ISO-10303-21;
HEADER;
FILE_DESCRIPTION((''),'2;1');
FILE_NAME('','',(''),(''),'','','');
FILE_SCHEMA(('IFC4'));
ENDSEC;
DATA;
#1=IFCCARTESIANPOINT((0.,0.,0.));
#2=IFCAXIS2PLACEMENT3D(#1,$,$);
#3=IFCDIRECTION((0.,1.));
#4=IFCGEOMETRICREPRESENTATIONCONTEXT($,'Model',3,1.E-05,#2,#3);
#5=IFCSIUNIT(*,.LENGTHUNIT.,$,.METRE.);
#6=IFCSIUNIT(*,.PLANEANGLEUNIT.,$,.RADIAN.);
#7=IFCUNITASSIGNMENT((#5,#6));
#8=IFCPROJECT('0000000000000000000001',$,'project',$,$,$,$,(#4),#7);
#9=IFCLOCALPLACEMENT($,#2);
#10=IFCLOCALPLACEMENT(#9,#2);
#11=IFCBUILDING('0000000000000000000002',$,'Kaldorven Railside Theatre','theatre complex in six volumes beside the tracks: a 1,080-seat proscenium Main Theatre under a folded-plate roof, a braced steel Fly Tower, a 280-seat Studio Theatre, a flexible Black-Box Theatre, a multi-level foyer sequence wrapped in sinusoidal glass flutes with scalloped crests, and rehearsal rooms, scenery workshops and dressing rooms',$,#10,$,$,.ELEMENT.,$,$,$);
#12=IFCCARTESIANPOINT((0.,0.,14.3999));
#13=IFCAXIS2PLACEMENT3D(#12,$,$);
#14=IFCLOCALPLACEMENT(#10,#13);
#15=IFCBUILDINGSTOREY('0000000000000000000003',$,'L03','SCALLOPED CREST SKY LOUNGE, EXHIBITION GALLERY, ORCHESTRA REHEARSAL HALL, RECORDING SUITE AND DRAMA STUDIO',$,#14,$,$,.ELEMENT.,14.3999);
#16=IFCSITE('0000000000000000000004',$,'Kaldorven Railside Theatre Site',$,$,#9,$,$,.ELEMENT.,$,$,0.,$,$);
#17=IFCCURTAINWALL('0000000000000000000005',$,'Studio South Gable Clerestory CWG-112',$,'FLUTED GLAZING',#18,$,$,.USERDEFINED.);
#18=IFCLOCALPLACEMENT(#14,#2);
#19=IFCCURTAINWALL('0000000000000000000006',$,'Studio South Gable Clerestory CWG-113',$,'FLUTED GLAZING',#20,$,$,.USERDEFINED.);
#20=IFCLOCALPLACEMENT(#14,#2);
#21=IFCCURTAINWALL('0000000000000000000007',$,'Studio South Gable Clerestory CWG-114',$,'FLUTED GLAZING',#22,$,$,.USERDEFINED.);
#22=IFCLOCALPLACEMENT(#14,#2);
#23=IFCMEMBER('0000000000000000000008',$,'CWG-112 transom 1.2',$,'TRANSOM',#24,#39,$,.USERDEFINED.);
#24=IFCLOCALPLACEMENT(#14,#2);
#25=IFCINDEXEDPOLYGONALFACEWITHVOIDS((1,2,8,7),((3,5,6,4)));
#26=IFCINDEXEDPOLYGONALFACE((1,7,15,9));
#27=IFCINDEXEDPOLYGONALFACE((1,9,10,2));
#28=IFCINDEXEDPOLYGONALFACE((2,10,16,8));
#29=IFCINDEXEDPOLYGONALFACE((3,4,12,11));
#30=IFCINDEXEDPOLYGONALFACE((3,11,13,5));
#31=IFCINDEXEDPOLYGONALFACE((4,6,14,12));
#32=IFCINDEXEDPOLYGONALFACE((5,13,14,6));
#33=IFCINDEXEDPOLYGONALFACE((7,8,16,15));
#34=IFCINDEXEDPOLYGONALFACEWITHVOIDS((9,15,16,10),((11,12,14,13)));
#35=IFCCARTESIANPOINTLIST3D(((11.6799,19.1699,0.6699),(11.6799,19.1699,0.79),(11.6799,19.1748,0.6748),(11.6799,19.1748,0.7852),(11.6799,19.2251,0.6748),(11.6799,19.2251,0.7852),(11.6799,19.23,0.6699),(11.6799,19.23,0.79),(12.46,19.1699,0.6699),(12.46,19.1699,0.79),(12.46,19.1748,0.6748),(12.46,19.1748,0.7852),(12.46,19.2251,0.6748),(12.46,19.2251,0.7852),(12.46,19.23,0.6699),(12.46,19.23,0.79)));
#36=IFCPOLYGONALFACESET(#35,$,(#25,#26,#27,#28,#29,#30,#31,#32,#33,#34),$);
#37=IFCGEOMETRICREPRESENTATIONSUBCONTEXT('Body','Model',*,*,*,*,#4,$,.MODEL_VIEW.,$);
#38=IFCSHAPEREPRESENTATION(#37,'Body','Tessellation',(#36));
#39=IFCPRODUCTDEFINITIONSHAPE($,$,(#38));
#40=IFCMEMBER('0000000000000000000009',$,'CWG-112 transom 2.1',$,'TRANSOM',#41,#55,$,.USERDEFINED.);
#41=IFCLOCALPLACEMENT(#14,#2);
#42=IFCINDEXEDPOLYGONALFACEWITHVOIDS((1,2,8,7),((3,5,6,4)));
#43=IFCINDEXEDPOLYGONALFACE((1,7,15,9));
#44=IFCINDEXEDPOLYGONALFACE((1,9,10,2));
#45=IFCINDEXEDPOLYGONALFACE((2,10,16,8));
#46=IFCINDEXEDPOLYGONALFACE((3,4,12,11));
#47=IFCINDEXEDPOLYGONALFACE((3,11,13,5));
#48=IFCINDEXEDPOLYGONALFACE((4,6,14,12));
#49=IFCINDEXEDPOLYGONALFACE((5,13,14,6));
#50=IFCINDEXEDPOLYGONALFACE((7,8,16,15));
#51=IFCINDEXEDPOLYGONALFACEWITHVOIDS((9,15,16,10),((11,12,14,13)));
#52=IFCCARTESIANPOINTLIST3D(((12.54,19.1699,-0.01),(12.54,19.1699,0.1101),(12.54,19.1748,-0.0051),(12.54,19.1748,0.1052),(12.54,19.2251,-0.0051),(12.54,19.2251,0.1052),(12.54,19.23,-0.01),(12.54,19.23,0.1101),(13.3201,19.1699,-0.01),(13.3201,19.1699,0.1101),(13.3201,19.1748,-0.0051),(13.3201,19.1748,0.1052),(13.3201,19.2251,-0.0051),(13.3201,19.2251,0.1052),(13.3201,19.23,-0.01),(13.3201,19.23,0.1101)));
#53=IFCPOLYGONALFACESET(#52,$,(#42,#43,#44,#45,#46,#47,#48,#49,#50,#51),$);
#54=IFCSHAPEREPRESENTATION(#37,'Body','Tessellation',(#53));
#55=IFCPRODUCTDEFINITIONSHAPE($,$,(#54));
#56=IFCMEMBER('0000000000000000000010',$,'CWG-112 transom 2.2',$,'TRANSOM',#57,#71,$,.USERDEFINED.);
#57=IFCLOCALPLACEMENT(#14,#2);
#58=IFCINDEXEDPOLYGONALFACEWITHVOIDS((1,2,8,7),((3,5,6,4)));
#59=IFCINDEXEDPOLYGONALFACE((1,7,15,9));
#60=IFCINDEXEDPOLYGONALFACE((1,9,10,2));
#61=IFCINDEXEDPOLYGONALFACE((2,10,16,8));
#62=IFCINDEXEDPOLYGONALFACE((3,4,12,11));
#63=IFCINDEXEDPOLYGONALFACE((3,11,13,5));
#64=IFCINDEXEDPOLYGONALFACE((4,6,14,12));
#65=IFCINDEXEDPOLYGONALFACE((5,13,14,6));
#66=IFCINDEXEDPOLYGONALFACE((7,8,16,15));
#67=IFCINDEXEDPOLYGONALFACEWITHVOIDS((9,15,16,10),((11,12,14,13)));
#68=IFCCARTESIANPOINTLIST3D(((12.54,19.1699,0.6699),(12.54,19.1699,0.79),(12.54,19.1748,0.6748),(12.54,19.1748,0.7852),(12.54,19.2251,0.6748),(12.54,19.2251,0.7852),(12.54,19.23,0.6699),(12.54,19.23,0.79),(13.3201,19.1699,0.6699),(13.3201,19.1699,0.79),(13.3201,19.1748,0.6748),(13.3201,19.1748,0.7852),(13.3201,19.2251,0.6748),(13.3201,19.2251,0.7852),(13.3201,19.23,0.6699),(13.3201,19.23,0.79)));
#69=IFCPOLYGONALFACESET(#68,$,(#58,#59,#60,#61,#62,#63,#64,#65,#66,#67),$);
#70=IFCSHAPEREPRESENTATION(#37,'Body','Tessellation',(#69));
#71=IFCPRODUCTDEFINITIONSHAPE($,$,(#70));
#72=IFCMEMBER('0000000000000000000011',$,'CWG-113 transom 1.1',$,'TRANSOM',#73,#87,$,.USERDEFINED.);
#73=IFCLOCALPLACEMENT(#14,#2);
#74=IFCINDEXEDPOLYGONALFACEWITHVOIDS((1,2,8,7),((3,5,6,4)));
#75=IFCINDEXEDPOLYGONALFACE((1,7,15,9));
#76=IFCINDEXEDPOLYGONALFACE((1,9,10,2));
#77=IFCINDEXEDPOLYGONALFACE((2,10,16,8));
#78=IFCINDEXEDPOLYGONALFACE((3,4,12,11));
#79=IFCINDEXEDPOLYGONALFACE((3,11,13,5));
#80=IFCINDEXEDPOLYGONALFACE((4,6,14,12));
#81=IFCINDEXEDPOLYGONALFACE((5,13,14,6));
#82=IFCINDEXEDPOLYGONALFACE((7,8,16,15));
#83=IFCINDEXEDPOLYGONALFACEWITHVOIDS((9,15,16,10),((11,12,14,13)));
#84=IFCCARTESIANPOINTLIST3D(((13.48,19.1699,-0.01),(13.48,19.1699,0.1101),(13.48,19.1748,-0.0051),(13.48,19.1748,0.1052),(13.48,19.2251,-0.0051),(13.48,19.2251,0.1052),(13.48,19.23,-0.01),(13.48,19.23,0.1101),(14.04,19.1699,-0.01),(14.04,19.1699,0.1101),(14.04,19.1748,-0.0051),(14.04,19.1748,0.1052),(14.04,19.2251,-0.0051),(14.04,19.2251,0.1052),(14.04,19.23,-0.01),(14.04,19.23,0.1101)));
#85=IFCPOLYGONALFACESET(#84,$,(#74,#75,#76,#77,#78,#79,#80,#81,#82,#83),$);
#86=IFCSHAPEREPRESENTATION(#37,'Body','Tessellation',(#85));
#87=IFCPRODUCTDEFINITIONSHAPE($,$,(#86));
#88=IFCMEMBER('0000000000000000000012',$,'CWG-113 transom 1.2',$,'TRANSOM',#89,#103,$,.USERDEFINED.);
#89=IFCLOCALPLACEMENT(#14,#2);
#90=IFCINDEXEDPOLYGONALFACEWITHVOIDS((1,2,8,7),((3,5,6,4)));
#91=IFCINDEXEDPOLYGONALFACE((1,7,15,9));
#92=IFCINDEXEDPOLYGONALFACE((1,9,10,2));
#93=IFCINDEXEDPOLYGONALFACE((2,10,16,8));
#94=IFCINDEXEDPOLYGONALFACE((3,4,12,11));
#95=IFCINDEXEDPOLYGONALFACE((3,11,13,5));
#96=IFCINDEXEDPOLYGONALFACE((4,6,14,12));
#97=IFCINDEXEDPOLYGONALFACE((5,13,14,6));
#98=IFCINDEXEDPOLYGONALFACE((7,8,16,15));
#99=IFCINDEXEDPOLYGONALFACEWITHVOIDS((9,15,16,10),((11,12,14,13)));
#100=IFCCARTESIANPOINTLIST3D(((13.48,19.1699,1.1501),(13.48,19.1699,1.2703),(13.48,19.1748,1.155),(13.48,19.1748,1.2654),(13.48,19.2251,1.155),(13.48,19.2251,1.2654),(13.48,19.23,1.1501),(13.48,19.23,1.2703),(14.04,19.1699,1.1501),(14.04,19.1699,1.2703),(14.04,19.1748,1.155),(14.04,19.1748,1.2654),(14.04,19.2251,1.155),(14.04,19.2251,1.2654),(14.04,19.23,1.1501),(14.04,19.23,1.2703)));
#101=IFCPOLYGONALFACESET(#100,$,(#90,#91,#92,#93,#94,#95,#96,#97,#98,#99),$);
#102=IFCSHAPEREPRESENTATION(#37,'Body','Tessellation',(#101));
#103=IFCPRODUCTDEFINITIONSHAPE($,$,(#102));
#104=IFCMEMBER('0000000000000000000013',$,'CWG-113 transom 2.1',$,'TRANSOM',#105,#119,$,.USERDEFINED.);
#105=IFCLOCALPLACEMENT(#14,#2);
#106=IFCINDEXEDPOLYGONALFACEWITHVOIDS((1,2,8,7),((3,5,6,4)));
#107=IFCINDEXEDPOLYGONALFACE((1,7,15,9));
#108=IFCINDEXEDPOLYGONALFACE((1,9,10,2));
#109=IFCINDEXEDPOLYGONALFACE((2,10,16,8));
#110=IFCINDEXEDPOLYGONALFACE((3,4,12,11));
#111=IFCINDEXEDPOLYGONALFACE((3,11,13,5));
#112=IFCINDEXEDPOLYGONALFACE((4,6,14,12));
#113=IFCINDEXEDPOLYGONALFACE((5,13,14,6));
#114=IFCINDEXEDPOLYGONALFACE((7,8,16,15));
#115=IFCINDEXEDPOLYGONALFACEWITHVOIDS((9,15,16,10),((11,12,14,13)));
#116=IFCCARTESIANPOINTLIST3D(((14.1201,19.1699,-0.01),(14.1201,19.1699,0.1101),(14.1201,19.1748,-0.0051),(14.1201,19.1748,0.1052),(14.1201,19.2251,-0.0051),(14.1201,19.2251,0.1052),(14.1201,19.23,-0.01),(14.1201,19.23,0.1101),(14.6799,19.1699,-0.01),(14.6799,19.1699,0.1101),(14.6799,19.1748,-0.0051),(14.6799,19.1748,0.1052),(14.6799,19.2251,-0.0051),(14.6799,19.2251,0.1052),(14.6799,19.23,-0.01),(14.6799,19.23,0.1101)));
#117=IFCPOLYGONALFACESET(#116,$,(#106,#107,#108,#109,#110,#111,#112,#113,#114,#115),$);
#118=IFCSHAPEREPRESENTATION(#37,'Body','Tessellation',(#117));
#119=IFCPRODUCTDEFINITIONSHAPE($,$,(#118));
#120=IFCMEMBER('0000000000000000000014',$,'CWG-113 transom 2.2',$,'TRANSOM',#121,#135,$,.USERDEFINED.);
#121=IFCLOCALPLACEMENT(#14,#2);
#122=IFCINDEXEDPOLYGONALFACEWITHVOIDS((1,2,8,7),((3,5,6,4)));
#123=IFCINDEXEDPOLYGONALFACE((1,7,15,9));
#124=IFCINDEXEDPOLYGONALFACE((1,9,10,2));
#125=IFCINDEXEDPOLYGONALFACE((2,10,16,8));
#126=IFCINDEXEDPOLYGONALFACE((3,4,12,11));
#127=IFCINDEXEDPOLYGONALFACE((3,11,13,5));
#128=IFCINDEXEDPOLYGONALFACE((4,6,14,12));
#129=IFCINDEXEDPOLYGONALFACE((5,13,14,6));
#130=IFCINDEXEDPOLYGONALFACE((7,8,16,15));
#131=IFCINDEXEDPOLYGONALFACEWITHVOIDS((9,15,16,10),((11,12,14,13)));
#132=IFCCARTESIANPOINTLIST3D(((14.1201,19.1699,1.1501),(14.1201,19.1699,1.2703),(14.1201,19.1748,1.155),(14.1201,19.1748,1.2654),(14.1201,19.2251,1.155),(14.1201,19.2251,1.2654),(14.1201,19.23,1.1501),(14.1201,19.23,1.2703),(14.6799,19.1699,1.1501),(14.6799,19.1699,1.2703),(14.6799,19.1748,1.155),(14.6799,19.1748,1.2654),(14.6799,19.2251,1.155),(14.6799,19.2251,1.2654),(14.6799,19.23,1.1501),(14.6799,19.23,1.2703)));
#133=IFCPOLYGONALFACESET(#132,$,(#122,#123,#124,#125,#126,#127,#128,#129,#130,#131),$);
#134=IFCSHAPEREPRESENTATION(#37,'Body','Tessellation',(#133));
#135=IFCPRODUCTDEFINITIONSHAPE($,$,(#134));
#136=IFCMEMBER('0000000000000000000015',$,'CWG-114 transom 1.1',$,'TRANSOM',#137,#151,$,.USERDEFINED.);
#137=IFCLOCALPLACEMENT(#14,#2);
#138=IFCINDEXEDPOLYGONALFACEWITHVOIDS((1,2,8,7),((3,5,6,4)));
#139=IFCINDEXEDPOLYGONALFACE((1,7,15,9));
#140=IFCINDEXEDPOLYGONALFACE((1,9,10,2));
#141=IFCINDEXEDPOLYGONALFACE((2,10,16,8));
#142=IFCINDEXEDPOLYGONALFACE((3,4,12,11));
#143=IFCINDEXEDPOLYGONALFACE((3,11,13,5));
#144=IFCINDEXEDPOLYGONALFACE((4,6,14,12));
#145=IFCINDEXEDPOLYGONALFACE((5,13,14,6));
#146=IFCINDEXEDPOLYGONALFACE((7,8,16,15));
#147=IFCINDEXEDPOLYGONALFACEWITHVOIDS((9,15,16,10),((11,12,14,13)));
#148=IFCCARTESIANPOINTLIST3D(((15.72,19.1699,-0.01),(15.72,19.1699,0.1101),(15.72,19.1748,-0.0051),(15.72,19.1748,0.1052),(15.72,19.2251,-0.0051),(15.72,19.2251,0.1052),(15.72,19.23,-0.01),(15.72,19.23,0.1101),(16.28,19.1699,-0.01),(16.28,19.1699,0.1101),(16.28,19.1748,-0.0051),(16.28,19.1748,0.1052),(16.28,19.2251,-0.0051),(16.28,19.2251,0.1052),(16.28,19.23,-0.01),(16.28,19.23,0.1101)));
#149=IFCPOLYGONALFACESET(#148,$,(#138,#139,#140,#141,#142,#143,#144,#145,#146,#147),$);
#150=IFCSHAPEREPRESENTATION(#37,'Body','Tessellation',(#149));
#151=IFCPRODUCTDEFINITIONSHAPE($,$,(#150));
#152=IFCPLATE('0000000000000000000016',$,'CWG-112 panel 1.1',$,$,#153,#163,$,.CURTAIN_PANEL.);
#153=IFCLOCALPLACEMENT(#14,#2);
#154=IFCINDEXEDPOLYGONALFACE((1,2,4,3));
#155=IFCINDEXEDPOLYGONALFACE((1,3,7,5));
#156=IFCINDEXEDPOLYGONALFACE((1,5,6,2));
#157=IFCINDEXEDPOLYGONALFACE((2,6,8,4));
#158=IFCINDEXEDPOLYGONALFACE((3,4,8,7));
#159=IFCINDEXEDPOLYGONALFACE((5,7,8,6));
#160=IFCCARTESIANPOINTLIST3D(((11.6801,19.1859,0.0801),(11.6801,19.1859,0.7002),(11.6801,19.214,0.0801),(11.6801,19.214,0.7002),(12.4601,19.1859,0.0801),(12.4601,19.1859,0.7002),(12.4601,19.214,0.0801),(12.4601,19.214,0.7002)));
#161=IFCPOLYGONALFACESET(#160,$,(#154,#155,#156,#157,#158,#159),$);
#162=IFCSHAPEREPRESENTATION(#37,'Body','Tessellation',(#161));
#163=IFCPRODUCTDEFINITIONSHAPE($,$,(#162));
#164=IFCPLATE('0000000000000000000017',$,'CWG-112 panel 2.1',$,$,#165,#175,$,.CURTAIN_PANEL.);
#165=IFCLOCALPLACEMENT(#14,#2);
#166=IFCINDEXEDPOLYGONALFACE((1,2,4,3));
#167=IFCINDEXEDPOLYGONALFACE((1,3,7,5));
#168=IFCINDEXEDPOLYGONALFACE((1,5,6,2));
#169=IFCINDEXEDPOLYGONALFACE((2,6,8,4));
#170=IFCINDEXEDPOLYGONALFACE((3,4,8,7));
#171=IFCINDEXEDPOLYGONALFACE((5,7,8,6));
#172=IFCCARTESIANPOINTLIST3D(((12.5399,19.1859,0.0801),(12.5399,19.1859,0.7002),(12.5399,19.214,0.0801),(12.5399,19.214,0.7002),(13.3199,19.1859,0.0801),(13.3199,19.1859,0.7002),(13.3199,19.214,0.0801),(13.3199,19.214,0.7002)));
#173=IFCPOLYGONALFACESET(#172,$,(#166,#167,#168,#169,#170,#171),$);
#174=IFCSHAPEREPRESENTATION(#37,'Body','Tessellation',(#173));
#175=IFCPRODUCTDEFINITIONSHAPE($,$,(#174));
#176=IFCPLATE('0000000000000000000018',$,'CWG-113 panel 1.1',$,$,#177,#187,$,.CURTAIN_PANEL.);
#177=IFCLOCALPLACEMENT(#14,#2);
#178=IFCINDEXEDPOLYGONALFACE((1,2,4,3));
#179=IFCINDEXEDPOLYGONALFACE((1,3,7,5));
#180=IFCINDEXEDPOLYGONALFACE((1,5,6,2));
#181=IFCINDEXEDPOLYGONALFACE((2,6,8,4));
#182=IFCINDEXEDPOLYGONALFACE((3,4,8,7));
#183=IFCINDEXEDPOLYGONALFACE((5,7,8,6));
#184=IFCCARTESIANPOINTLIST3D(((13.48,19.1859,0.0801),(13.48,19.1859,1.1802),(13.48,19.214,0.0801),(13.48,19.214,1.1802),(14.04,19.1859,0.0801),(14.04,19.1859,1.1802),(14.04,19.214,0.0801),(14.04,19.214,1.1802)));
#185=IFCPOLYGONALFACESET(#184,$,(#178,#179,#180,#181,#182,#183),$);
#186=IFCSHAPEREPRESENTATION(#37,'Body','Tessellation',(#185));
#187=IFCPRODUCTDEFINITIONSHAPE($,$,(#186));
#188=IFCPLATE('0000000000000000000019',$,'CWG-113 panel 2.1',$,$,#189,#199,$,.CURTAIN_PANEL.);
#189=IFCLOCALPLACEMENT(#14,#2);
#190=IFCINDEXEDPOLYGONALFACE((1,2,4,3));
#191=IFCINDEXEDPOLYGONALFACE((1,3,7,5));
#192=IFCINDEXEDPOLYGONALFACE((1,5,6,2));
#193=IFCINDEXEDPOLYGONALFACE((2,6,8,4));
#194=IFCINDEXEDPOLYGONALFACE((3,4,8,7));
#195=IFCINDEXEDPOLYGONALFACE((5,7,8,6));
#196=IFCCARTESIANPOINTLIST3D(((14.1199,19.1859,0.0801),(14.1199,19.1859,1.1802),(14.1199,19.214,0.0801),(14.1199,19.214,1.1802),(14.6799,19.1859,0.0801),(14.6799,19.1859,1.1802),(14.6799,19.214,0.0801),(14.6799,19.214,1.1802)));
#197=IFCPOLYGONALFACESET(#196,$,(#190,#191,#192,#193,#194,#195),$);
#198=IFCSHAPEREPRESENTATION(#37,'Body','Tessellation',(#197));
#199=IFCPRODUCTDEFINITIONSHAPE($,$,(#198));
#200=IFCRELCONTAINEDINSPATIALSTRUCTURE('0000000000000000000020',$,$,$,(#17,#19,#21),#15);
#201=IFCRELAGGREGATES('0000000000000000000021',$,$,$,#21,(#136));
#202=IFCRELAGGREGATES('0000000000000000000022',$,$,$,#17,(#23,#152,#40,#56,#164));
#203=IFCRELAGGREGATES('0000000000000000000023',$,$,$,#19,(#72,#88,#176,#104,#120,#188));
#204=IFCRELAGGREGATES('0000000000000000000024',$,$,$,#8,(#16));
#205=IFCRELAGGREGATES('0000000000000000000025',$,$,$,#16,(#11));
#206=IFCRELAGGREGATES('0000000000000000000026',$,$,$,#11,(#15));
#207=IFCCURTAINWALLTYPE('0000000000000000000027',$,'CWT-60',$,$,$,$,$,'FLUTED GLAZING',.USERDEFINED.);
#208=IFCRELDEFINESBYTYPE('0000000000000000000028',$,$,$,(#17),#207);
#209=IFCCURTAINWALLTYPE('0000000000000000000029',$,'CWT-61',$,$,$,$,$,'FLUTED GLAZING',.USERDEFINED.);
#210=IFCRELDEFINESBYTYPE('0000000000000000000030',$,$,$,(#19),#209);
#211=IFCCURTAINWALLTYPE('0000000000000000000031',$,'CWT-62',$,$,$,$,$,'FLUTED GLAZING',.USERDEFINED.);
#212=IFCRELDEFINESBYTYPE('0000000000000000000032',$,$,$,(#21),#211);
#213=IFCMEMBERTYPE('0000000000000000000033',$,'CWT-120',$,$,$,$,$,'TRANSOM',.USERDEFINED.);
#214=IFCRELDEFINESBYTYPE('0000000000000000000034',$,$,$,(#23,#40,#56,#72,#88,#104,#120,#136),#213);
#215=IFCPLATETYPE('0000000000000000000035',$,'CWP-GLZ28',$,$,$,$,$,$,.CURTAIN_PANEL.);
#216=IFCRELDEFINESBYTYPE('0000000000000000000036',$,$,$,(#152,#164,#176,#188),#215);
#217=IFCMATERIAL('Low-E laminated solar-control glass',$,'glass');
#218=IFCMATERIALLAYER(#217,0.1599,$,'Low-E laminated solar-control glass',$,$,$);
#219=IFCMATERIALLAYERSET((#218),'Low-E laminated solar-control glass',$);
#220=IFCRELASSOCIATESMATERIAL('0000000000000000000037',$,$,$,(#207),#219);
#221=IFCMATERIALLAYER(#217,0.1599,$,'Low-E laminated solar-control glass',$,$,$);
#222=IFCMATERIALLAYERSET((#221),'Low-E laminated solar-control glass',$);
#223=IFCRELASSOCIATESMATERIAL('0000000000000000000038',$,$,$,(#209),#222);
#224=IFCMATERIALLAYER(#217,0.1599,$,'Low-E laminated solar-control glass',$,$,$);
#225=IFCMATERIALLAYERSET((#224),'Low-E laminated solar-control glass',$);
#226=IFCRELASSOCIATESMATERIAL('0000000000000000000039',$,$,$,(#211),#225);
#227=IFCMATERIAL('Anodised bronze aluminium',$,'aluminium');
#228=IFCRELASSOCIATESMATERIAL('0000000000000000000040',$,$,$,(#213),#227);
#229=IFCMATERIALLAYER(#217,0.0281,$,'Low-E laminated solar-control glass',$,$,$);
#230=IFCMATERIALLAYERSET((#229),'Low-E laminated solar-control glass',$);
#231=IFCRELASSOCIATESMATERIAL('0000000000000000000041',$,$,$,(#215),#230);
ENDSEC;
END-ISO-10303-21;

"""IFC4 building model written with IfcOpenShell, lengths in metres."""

from ifc_helpers import new_model, si_unit, direction, frame, origin, origin_2d, place, context, subcontext, project, spatial, rectangle, hollow_rectangle, extrude, material, layer, layer_set, material_profile, profile_set, type_object, element, aggregate, save


model = new_model("IFC4")

# Units and contexts
model_context = context("Model", 3, precision=1e-05, world=origin(), true_north=direction((0.0, 1.0)))
body_context = subcontext(model_context, "Body", "Model", "MODEL_VIEW")
ifc_project = project(units=[si_unit("LENGTHUNIT", "METRE"), si_unit("PLANEANGLEUNIT", "RADIAN")], contexts=[model_context])

# Site, building, storey
site_placement = place(None, origin())
site = spatial("IfcSite", under=ifc_project, at=site_placement, Name="Kaldorven Railside Theatre Site", CompositionType="ELEMENT", RefElevation=0.0)
building_placement = place(site_placement, origin())
building = spatial("IfcBuilding", under=site, at=building_placement, Name="Kaldorven Railside Theatre", Description="theatre complex in six volumes beside the tracks: a 1,080-seat proscenium Main Theatre under a folded-plate roof, a braced steel Fly Tower, a 280-seat Studio Theatre, a flexible Black-Box Theatre, a multi-level foyer sequence wrapped in sinusoidal glass flutes with scalloped crests, and rehearsal rooms, scenery workshops and dressing rooms", CompositionType="ELEMENT")
storey_placement = place(building_placement, frame((0.0, 0.0, 14.3999)))
storey = spatial("IfcBuildingStorey", under=building, at=storey_placement, Name="L03", Description="SCALLOPED CREST SKY LOUNGE, EXHIBITION GALLERY, ORCHESTRA REHEARSAL HALL, RECORDING SUITE AND DRAMA STUDIO", CompositionType="ELEMENT", Elevation=14.3999)

# Curtain walls
ifc_material_1 = material(Name="Low-E laminated solar-control glass", Category="glass")
ifc_layer_1 = layer(ifc_material_1, 0.1599, Name="Low-E laminated solar-control glass")
ifc_layer_set_1 = layer_set([ifc_layer_1], Name="Low-E laminated solar-control glass")
curtain_wall_type_1 = type_object("IfcCurtainWallType", Name="CWT-60", ElementType="FLUTED GLAZING", PredefinedType="USERDEFINED", material=ifc_layer_set_1)
curtain_wall_1_placement = place(storey_placement, origin())
curtain_wall_1 = element("IfcCurtainWall", 1, at=curtain_wall_1_placement, inside=storey, type_object=curtain_wall_type_1, Name="Studio South Gable Clerestory CWG-112", ObjectType="FLUTED GLAZING", PredefinedType="USERDEFINED")
ifc_material_2 = material(Name="Anodised bronze aluminium", Category="aluminium")
ifc_layer_2 = layer(ifc_material_1, 0.1599, Name="Low-E laminated solar-control glass")
ifc_layer_set_2 = layer_set([ifc_layer_2], Name="Low-E laminated solar-control glass")
curtain_wall_type_2 = type_object("IfcCurtainWallType", Name="CWT-61", ElementType="FLUTED GLAZING", PredefinedType="USERDEFINED", material=ifc_layer_set_2)
curtain_wall_2_placement = place(storey_placement, origin())
curtain_wall_2 = element("IfcCurtainWall", 2, at=curtain_wall_2_placement, inside=storey, type_object=curtain_wall_type_2, Name="Studio South Gable Clerestory CWG-113", ObjectType="FLUTED GLAZING", PredefinedType="USERDEFINED")

# Curtain wall
ifc_layer_3 = layer(ifc_material_1, 0.1599, Name="Low-E laminated solar-control glass")
ifc_layer_set_3 = layer_set([ifc_layer_3], Name="Low-E laminated solar-control glass")
curtain_wall_type_3 = type_object("IfcCurtainWallType", Name="CWT-62", ElementType="FLUTED GLAZING", PredefinedType="USERDEFINED", material=ifc_layer_set_3)
curtain_wall_3_placement = place(storey_placement, origin())
curtain_wall_3 = element("IfcCurtainWall", 3, at=curtain_wall_3_placement, inside=storey, type_object=curtain_wall_type_3, Name="Studio South Gable Clerestory CWG-114", ObjectType="FLUTED GLAZING", PredefinedType="USERDEFINED")

# Members
ifc_material_profile_1 = material_profile(ifc_material_2, hollow_rectangle(XDim=0.0601, YDim=0.1201, WallThickness=0.0049, at=origin_2d()), Name="RHS 120x60x5")
ifc_profile_set_1 = profile_set([ifc_material_profile_1], Name="Anodised bronze aluminium")
member_type_1 = type_object("IfcMemberType", Name="CWT-120", ElementType="TRANSOM", PredefinedType="USERDEFINED", material=ifc_profile_set_1)
member_1_placement = place(storey_placement, frame((11.6799, 19.2, 0.73), z_axis=(1.0, 0.0, 0.0), x_axis=(0.0, 1.0, 0.0)))
member_1 = element("IfcMember", 4, at=member_1_placement, type_object=member_type_1, Name="CWG-112 transom 1.2", ObjectType="TRANSOM", PredefinedType="USERDEFINED", context=body_context, shape_type="SweptSolid", body=[
    extrude(hollow_rectangle(XDim=0.0601, YDim=0.1201, WallThickness=0.0049, at=origin_2d()), origin(), (0.0, 0.0, 1.0), 0.78),
])
member_2_placement = place(storey_placement, frame((12.54, 19.2, 0.05), z_axis=(1.0, 0.0, 0.0), x_axis=(0.0, 1.0, 0.0)))
member_2 = element("IfcMember", 5, at=member_2_placement, type_object=member_type_1, Name="CWG-112 transom 2.1", ObjectType="TRANSOM", PredefinedType="USERDEFINED", context=body_context, shape_type="SweptSolid", body=[
    extrude(hollow_rectangle(XDim=0.0601, YDim=0.1201, WallThickness=0.0049, at=origin_2d()), origin(), (0.0, 0.0, 1.0), 0.78),
])
member_3_placement = place(storey_placement, frame((12.54, 19.2, 0.73), z_axis=(1.0, 0.0, 0.0), x_axis=(0.0, 1.0, 0.0)))
member_3 = element("IfcMember", 6, at=member_3_placement, type_object=member_type_1, Name="CWG-112 transom 2.2", ObjectType="TRANSOM", PredefinedType="USERDEFINED", context=body_context, shape_type="SweptSolid", body=[
    extrude(hollow_rectangle(XDim=0.0601, YDim=0.1201, WallThickness=0.0049, at=origin_2d()), origin(), (0.0, 0.0, 1.0), 0.78),
])
member_4_placement = place(storey_placement, frame((13.48, 19.2, 0.05), z_axis=(1.0, 0.0, 0.0), x_axis=(0.0, 1.0, 0.0)))
member_4 = element("IfcMember", 7, at=member_4_placement, type_object=member_type_1, Name="CWG-113 transom 1.1", ObjectType="TRANSOM", PredefinedType="USERDEFINED", context=body_context, shape_type="SweptSolid", body=[
    extrude(hollow_rectangle(XDim=0.0601, YDim=0.1201, WallThickness=0.0049, at=origin_2d()), origin(), (0.0, 0.0, 1.0), 0.5601),
])
member_5_placement = place(storey_placement, frame((13.48, 19.2, 1.2102), z_axis=(1.0, 0.0, 0.0), x_axis=(0.0, 1.0, 0.0)))
member_5 = element("IfcMember", 8, at=member_5_placement, type_object=member_type_1, Name="CWG-113 transom 1.2", ObjectType="TRANSOM", PredefinedType="USERDEFINED", context=body_context, shape_type="SweptSolid", body=[
    extrude(hollow_rectangle(XDim=0.0601, YDim=0.1201, WallThickness=0.0049, at=origin_2d()), origin(), (0.0, 0.0, 1.0), 0.5601),
])
member_6_placement = place(storey_placement, frame((14.1201, 19.2, 0.05), z_axis=(1.0, 0.0, 0.0), x_axis=(0.0, 1.0, 0.0)))
member_6 = element("IfcMember", 9, at=member_6_placement, type_object=member_type_1, Name="CWG-113 transom 2.1", ObjectType="TRANSOM", PredefinedType="USERDEFINED", context=body_context, shape_type="SweptSolid", body=[
    extrude(hollow_rectangle(XDim=0.0601, YDim=0.1201, WallThickness=0.0049, at=origin_2d()), origin(), (0.0, 0.0, 1.0), 0.5598),
])
member_7_placement = place(storey_placement, frame((14.1201, 19.2, 1.2102), z_axis=(1.0, 0.0, 0.0), x_axis=(0.0, 1.0, 0.0)))
member_7 = element("IfcMember", 10, at=member_7_placement, type_object=member_type_1, Name="CWG-113 transom 2.2", ObjectType="TRANSOM", PredefinedType="USERDEFINED", context=body_context, shape_type="SweptSolid", body=[
    extrude(hollow_rectangle(XDim=0.0601, YDim=0.1201, WallThickness=0.0049, at=origin_2d()), origin(), (0.0, 0.0, 1.0), 0.5598),
])
member_8_placement = place(storey_placement, frame((15.72, 19.2, 0.05), z_axis=(1.0, 0.0, 0.0), x_axis=(0.0, 1.0, 0.0)))
member_8 = element("IfcMember", 11, at=member_8_placement, type_object=member_type_1, Name="CWG-114 transom 1.1", ObjectType="TRANSOM", PredefinedType="USERDEFINED", context=body_context, shape_type="SweptSolid", body=[
    extrude(hollow_rectangle(XDim=0.0601, YDim=0.1201, WallThickness=0.0049, at=origin_2d()), origin(), (0.0, 0.0, 1.0), 0.5601),
])
aggregate(curtain_wall_3, [member_8])

# Plates
ifc_layer_4 = layer(ifc_material_1, 0.0281, Name="Low-E laminated solar-control glass")
ifc_layer_set_4 = layer_set([ifc_layer_4], Name="Low-E laminated solar-control glass")
plate_type = type_object("IfcPlateType", Name="CWP-GLZ28", PredefinedType="CURTAIN_PANEL", material=ifc_layer_set_4)
plate_1_placement = place(storey_placement, frame((12.0701, 19.2, 0.0801), z_axis=(0.0, 0.0, 1.0), x_axis=(1.0, 0.0, 0.0)))
plate_1 = element("IfcPlate", 12, at=plate_1_placement, type_object=plate_type, Name="CWG-112 panel 1.1", PredefinedType="CURTAIN_PANEL", context=body_context, shape_type="SweptSolid", body=[
    extrude(rectangle(XDim=0.78, YDim=0.0281, at=origin_2d()), origin(), (0.0, 0.0, 1.0), 0.6201),
])
plate_2_placement = place(storey_placement, frame((12.9299, 19.2, 0.0801), z_axis=(0.0, 0.0, 1.0), x_axis=(1.0, 0.0, 0.0)))
plate_2 = element("IfcPlate", 13, at=plate_2_placement, type_object=plate_type, Name="CWG-112 panel 2.1", PredefinedType="CURTAIN_PANEL", context=body_context, shape_type="SweptSolid", body=[
    extrude(rectangle(XDim=0.78, YDim=0.0281, at=origin_2d()), origin(), (0.0, 0.0, 1.0), 0.6201),
])
aggregate(curtain_wall_1, [member_1, plate_1, member_2, member_3, plate_2])
plate_3_placement = place(storey_placement, frame((13.76, 19.2, 0.0801), z_axis=(0.0, 0.0, 1.0), x_axis=(1.0, 0.0, 0.0)))
plate_3 = element("IfcPlate", 14, at=plate_3_placement, type_object=plate_type, Name="CWG-113 panel 1.1", PredefinedType="CURTAIN_PANEL", context=body_context, shape_type="SweptSolid", body=[
    extrude(rectangle(XDim=0.5601, YDim=0.0281, at=origin_2d()), origin(), (0.0, 0.0, 1.0), 1.1001),
])
plate_4_placement = place(storey_placement, frame((14.3999, 19.2, 0.0801), z_axis=(0.0, 0.0, 1.0), x_axis=(1.0, 0.0, 0.0)))
plate_4 = element("IfcPlate", 15, at=plate_4_placement, type_object=plate_type, Name="CWG-113 panel 2.1", PredefinedType="CURTAIN_PANEL", context=body_context, shape_type="SweptSolid", body=[
    extrude(rectangle(XDim=0.5601, YDim=0.0281, at=origin_2d()), origin(), (0.0, 0.0, 1.0), 1.1001),
])
aggregate(curtain_wall_2, [member_4, member_5, plate_3, member_6, member_7, plate_4])

save(model, "model.ifc")
